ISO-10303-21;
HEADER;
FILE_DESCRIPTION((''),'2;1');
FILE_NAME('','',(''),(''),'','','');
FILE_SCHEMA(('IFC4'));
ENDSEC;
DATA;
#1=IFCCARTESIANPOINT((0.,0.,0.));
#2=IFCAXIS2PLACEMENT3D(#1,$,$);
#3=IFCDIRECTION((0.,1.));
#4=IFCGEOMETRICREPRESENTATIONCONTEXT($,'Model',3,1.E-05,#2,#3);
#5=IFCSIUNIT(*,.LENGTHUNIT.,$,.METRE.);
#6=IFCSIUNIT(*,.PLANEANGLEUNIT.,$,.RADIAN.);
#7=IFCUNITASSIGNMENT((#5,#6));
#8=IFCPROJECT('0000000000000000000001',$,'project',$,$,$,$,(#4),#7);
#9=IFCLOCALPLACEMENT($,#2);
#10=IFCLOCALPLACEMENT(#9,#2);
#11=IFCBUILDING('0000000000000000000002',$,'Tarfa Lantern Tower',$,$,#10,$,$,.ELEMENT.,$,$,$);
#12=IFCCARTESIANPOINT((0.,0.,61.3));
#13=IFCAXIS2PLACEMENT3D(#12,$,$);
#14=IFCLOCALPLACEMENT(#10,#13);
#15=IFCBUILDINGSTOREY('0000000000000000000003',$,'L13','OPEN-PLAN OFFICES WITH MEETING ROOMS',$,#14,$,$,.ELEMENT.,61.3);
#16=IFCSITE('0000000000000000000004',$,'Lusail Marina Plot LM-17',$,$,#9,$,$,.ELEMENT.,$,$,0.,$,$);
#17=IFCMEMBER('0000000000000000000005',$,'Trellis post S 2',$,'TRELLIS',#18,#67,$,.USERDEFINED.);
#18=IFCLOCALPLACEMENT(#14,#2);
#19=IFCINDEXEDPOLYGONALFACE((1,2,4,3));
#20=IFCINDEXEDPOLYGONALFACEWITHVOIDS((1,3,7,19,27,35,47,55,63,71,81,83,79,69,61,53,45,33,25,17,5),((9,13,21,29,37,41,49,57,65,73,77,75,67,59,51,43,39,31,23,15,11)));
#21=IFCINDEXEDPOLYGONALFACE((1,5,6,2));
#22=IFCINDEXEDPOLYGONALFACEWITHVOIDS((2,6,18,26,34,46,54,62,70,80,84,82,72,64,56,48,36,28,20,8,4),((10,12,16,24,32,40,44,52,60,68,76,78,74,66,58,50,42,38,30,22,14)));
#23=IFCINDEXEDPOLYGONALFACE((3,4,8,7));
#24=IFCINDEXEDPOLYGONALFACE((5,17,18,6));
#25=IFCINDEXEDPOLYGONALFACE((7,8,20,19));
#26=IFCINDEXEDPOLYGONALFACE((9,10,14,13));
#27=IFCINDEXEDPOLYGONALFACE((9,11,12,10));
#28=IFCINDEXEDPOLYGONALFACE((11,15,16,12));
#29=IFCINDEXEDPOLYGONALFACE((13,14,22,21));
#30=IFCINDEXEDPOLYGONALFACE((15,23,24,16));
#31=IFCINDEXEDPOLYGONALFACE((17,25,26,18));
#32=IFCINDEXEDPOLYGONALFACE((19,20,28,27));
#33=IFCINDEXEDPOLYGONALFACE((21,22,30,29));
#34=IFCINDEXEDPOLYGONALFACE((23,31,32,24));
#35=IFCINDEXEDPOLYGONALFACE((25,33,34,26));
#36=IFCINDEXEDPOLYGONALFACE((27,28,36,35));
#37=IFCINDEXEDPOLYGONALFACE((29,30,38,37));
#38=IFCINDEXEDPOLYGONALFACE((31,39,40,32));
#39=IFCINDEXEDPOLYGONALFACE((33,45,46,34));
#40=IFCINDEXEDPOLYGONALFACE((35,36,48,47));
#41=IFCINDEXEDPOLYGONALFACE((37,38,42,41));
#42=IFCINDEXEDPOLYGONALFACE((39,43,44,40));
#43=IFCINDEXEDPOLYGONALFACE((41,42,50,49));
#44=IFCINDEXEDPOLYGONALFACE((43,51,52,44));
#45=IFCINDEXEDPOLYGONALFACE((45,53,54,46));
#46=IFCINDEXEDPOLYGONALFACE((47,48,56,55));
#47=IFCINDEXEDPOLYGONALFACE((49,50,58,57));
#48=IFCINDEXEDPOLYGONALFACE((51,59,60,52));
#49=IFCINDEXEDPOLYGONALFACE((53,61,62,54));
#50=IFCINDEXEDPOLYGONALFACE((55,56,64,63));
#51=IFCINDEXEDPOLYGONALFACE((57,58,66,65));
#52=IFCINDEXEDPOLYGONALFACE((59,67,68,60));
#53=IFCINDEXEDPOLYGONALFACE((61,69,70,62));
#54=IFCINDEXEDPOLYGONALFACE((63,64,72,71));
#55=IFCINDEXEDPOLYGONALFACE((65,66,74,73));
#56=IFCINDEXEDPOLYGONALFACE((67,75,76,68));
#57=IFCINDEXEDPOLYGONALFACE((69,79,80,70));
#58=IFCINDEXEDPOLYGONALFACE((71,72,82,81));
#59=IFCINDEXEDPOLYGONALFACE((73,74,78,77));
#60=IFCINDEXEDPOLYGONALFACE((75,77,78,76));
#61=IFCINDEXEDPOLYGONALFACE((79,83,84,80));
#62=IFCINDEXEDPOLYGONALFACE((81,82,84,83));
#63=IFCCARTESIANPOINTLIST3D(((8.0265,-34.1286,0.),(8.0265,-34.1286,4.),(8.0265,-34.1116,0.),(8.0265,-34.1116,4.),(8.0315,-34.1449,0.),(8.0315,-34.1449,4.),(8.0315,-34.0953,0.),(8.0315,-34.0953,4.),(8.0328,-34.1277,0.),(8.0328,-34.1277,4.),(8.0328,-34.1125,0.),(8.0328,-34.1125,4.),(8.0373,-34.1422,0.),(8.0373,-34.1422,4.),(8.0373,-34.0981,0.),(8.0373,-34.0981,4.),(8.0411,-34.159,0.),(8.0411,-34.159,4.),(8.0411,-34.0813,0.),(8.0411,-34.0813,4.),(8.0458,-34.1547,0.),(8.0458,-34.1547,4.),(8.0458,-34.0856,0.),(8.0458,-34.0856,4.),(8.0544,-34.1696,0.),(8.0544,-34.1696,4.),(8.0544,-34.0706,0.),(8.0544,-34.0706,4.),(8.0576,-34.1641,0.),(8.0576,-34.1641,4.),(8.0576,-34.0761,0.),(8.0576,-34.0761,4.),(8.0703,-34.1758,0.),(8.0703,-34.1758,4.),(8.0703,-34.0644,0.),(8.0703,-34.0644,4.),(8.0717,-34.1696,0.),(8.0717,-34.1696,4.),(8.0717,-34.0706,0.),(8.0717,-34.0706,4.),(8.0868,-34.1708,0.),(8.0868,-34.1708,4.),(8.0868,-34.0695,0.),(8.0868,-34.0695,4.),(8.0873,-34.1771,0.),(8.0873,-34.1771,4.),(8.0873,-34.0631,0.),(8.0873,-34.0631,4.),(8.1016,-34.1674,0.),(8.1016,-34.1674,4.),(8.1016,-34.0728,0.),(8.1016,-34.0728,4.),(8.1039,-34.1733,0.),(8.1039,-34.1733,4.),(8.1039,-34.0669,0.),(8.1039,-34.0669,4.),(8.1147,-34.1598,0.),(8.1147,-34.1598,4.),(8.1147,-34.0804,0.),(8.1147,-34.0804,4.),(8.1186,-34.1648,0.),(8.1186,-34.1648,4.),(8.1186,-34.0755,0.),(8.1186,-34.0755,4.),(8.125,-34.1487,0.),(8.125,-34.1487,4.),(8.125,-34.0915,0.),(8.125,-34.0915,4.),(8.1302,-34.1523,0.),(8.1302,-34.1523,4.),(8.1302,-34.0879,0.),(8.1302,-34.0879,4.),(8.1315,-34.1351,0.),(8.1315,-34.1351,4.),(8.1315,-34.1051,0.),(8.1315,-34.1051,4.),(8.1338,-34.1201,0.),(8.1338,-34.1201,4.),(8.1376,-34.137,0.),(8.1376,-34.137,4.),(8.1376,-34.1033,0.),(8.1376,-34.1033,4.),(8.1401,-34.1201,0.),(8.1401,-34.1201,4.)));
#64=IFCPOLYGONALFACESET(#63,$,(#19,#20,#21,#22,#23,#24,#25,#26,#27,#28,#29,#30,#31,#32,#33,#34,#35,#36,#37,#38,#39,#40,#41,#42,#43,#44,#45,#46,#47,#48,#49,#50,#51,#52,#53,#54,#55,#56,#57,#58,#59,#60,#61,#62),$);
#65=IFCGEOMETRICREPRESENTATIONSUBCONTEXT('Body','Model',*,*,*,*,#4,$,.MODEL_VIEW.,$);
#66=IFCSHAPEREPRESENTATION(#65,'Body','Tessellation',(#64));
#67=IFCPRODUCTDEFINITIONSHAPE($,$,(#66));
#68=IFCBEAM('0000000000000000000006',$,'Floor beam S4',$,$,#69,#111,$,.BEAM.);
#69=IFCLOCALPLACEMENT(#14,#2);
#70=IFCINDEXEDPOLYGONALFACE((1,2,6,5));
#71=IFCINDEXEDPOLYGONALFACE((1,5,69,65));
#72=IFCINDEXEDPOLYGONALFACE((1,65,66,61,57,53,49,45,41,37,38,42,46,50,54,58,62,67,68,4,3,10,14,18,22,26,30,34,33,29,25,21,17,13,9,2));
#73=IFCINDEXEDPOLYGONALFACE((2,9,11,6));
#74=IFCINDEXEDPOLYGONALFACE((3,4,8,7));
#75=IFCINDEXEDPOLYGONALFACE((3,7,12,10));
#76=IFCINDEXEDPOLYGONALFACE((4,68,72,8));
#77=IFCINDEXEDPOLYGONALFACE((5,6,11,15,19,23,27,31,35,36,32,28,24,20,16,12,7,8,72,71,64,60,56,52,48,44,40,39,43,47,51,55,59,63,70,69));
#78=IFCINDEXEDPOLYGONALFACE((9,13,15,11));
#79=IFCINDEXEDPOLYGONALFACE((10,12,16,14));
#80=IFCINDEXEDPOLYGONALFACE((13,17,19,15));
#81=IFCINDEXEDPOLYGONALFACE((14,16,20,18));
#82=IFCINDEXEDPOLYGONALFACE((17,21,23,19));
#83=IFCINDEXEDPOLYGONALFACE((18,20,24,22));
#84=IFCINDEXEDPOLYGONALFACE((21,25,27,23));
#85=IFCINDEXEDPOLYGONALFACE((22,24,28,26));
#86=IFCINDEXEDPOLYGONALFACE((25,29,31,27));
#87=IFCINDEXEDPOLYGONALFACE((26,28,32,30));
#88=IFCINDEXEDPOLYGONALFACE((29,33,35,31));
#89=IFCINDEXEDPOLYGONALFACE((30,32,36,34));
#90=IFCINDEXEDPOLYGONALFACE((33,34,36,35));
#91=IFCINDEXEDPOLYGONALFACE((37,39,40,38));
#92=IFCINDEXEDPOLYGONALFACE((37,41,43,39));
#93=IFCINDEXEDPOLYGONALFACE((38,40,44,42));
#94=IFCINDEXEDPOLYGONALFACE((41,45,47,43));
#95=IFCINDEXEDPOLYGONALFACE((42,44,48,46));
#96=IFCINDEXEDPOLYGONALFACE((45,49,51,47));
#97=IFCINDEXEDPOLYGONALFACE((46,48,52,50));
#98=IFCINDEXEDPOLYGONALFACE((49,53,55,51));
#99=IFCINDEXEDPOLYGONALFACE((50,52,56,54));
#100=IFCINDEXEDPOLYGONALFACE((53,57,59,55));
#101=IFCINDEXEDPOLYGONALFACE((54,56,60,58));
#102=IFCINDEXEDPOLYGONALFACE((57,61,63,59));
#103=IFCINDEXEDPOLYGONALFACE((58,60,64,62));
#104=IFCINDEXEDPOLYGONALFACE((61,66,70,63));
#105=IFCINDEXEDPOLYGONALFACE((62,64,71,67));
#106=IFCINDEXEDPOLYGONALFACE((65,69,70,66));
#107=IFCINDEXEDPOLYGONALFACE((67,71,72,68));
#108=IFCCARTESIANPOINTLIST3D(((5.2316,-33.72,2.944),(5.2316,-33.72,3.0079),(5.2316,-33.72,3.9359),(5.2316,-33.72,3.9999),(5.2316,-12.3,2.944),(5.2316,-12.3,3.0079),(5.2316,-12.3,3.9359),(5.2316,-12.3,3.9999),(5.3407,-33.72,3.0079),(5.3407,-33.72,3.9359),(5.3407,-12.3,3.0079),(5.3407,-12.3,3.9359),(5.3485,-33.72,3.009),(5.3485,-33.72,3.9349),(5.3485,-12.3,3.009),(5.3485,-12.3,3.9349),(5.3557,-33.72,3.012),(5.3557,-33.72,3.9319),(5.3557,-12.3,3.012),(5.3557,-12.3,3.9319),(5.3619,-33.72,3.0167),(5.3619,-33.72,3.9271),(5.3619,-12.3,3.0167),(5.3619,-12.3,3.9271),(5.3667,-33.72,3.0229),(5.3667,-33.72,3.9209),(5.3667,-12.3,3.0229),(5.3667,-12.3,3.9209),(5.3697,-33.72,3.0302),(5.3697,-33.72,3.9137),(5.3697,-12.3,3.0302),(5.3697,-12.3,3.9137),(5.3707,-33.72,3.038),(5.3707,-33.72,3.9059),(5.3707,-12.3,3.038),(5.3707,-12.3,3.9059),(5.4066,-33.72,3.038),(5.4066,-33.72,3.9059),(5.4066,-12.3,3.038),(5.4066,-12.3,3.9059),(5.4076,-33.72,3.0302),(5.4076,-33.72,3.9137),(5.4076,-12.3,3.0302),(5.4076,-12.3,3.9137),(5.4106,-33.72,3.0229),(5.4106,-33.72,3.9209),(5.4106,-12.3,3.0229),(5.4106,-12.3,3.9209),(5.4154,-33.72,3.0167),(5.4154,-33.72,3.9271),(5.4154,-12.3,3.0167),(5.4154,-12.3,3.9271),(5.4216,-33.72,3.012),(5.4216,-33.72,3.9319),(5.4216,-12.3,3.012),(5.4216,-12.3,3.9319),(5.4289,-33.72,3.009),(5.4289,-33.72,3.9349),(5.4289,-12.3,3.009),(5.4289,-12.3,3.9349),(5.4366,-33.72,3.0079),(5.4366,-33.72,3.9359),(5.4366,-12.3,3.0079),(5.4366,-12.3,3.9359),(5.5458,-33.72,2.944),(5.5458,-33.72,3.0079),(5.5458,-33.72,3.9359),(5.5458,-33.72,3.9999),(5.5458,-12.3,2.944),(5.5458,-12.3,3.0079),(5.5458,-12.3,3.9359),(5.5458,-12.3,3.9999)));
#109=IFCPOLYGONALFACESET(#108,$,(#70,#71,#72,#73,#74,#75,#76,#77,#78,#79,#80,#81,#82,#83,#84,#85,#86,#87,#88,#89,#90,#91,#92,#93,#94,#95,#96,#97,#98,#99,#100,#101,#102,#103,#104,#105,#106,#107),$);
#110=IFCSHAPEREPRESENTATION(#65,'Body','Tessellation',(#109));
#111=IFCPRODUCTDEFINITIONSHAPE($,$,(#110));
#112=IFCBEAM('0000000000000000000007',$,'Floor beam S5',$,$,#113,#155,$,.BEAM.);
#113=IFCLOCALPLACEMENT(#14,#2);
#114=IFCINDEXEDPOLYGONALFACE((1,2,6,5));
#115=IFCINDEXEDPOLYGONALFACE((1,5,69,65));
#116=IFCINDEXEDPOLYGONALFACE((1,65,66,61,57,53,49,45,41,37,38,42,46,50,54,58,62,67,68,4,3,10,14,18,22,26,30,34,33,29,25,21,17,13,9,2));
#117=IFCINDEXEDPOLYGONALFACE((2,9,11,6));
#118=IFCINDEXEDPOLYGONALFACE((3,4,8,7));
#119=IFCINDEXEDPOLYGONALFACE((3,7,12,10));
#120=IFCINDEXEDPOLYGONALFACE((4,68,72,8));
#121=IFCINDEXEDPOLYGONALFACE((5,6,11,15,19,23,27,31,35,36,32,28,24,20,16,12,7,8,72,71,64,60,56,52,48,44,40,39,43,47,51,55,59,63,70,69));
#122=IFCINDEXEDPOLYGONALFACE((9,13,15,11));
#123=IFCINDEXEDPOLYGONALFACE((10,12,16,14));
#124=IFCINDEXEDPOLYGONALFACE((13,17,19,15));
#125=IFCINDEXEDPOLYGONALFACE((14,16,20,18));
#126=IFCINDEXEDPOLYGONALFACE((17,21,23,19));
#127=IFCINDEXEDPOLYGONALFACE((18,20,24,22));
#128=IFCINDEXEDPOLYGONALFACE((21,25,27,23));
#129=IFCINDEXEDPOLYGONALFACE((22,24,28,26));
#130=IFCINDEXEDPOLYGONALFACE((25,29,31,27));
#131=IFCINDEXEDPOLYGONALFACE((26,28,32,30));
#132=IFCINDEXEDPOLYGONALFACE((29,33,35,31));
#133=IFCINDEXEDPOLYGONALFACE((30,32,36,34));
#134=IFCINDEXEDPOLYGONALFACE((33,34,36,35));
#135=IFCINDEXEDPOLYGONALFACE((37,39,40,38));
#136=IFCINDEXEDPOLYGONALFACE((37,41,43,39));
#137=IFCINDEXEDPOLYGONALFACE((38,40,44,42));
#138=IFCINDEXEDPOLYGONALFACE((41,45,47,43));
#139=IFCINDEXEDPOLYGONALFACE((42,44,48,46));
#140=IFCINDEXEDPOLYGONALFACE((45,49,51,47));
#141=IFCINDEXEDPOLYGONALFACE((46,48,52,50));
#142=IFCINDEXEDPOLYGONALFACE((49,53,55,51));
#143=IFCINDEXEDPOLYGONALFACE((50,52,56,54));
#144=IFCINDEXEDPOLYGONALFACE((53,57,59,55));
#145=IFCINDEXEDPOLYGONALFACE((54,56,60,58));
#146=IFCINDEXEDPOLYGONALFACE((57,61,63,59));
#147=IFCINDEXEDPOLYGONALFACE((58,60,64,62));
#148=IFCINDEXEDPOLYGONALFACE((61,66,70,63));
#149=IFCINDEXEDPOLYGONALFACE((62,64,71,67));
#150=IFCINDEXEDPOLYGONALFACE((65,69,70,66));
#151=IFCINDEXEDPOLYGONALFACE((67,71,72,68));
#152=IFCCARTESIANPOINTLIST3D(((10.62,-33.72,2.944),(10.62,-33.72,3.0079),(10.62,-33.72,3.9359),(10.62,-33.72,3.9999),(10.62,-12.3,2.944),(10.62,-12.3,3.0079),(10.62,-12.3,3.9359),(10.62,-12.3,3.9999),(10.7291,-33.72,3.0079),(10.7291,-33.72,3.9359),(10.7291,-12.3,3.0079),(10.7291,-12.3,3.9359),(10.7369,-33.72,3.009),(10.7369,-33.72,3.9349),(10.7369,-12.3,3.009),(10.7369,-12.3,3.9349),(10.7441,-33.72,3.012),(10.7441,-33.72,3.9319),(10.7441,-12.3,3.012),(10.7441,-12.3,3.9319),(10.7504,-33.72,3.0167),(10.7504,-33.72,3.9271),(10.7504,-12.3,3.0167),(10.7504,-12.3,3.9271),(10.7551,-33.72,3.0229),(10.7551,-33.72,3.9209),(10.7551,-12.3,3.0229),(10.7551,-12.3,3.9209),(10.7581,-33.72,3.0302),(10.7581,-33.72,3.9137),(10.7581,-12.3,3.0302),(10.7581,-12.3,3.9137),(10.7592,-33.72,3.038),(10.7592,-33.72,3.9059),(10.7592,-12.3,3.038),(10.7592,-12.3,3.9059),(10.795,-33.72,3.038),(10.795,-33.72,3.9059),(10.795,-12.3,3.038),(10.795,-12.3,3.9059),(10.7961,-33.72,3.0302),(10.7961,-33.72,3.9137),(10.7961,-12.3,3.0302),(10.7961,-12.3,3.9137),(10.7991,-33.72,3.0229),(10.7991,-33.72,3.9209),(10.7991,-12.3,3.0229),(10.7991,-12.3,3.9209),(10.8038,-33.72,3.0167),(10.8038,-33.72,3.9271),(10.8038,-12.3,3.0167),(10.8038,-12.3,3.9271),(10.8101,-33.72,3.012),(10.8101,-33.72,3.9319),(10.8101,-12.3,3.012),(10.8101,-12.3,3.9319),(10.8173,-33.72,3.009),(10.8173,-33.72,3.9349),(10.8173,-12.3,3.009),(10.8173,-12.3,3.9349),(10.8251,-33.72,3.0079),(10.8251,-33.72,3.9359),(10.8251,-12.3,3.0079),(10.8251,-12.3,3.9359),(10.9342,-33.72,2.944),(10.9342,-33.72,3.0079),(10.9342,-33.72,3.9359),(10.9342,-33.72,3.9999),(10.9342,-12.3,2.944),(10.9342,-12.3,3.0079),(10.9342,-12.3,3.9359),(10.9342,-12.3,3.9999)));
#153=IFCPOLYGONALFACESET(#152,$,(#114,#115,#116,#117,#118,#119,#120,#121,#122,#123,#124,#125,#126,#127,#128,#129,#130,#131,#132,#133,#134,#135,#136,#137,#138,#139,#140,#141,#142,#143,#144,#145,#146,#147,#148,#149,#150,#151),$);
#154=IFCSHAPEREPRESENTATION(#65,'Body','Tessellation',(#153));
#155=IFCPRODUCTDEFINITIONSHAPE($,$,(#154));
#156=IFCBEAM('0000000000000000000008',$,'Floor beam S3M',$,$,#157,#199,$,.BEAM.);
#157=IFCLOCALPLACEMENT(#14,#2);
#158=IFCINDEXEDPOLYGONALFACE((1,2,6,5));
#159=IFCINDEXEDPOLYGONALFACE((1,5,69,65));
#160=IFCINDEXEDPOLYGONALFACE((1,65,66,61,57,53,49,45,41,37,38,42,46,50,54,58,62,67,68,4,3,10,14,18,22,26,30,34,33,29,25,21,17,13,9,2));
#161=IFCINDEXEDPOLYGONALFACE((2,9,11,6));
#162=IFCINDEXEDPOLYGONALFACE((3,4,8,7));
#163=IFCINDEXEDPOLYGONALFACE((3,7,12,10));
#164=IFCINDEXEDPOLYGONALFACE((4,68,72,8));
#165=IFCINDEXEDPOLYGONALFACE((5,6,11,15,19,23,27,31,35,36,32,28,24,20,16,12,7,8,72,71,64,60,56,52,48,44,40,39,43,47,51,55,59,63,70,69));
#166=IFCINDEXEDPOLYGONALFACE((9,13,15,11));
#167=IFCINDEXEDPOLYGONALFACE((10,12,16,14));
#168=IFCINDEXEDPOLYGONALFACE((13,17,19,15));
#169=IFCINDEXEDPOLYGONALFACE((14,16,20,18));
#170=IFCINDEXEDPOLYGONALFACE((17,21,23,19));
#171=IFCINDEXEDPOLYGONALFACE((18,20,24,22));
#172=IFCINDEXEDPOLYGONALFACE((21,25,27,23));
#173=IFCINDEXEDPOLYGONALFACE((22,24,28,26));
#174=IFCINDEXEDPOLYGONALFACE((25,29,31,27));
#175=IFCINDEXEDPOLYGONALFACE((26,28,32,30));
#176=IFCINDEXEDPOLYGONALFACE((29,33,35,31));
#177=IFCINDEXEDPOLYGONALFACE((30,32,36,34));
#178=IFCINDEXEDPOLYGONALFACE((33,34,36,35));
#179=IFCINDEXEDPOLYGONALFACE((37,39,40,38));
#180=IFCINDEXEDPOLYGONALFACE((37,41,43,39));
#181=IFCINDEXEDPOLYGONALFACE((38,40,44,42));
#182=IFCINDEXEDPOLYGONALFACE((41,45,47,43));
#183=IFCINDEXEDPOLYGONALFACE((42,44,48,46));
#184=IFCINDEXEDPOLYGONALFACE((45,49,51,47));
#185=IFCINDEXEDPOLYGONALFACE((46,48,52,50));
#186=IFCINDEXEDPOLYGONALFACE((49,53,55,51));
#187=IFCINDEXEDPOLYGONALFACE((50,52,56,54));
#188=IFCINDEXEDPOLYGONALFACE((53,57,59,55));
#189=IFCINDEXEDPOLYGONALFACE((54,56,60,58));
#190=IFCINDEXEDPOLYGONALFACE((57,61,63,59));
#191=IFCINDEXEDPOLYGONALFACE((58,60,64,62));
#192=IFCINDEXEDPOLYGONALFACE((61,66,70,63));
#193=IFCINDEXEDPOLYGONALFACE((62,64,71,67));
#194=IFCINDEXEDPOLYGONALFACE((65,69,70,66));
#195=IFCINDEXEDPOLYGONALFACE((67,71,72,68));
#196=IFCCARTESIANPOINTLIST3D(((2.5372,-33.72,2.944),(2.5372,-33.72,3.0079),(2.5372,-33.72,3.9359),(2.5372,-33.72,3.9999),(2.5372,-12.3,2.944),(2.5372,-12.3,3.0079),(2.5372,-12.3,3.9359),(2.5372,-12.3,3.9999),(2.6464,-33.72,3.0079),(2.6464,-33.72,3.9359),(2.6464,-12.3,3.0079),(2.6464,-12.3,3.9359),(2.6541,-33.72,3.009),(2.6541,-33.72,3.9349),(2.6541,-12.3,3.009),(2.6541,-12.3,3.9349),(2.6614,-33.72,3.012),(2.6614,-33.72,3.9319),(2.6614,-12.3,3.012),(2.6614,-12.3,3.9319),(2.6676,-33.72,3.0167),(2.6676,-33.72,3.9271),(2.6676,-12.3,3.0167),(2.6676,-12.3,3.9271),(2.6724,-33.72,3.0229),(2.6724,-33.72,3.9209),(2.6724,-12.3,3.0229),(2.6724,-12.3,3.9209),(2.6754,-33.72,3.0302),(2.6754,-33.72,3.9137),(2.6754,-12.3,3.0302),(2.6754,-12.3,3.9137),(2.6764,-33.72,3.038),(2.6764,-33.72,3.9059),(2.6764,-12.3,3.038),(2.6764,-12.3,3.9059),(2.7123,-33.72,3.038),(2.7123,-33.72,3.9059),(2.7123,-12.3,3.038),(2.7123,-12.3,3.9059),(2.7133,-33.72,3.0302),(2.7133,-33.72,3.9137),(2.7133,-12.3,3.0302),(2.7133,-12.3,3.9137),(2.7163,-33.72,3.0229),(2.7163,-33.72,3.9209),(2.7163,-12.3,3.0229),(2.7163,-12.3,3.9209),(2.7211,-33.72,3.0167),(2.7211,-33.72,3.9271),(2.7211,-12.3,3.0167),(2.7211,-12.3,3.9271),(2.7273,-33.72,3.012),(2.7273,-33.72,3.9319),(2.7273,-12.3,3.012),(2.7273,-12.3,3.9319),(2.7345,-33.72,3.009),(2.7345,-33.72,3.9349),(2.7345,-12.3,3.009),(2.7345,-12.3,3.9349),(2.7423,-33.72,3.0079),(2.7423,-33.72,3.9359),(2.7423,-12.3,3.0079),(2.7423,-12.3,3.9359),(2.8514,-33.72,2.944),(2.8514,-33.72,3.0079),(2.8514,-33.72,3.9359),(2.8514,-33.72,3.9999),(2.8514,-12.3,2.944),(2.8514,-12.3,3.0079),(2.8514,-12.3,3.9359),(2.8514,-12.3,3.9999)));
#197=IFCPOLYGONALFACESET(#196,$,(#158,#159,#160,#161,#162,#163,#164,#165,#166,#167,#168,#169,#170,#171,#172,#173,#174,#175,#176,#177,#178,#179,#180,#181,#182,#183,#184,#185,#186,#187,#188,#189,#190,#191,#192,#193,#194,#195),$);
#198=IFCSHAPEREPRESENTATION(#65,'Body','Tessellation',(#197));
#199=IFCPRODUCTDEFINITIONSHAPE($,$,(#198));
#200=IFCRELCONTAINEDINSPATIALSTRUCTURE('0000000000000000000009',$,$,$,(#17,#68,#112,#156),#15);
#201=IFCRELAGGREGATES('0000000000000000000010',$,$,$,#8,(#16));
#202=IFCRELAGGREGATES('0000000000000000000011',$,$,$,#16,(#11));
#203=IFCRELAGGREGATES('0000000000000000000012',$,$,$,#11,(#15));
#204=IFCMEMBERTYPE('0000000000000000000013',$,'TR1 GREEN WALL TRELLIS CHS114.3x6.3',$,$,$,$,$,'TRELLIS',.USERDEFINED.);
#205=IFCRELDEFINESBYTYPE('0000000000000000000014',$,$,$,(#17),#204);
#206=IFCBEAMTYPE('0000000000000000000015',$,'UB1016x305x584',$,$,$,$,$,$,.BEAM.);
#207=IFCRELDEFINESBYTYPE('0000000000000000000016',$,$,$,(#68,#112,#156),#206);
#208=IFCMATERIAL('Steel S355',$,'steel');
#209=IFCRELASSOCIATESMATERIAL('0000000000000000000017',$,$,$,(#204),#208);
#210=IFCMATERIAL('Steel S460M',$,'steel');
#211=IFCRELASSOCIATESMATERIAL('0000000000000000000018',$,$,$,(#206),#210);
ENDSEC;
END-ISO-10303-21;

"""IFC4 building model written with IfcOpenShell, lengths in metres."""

from ifc_helpers import new_model, si_unit, direction, frame, origin, origin_2d, place, context, subcontext, project, spatial, hollow_circle, i_section, extrude, material, material_profile, profile_set, type_object, element, save


model = new_model("IFC4")

# Units and contexts
model_context = context("Model", 3, precision=1e-05, world=origin(), true_north=direction((0.0, 1.0)))
body_context = subcontext(model_context, "Body", "Model", "MODEL_VIEW")
ifc_project = project(units=[si_unit("LENGTHUNIT", "METRE"), si_unit("PLANEANGLEUNIT", "RADIAN")], contexts=[model_context])

# Site, building, storey
site_placement = place(None, origin())
site = spatial("IfcSite", under=ifc_project, at=site_placement, Name="Lusail Marina Plot LM-17", CompositionType="ELEMENT", RefElevation=0.0)
building_placement = place(site_placement, origin())
building = spatial("IfcBuilding", under=site, at=building_placement, Name="Tarfa Lantern Tower", CompositionType="ELEMENT")
storey_placement = place(building_placement, frame((0.0, 0.0, 61.3)))
storey = spatial("IfcBuildingStorey", under=building, at=storey_placement, Name="L13", Description="OPEN-PLAN OFFICES WITH MEETING ROOMS", CompositionType="ELEMENT", Elevation=61.3)

# Member
ifc_material_1 = material(Name="Steel S355", Category="steel")
ifc_material_profile_1 = material_profile(ifc_material_1, hollow_circle(Radius=0.0571, WallThickness=0.0063, at=origin_2d()), Name="CHS114.3x6.3")
ifc_profile_set_1 = profile_set([ifc_material_profile_1], Name="Steel S355")
member_type_1 = type_object("IfcMemberType", Name="TR1 GREEN WALL TRELLIS CHS114.3x6.3", ElementType="TRELLIS", PredefinedType="USERDEFINED", material=ifc_profile_set_1)
member_1_placement = place(storey_placement, frame((8.083, -34.1201, 0.0), z_axis=(0.0, 0.0, 1.0), x_axis=(1.0, 0.0, 0.0)))
element("IfcMember", 1, at=member_1_placement, inside=storey, type_object=member_type_1, Name="Trellis post S 2", ObjectType="TRELLIS", PredefinedType="USERDEFINED", context=body_context, shape_type="SweptSolid", body=[
    extrude(hollow_circle(Radius=0.0571, WallThickness=0.0063, at=origin_2d()), origin(), (0.0, 0.0, 1.0), 4.0),
])

# Beams
ifc_material_2 = material(Name="Steel S460M", Category="steel")
ifc_material_profile_2 = material_profile(ifc_material_2, i_section(OverallWidth=0.3142, OverallDepth=1.0559, WebThickness=0.0359, FlangeThickness=0.064, FilletRadius=0.03, at=origin_2d()), Name="UB1016x305x584")
ifc_profile_set_2 = profile_set([ifc_material_profile_2], Name="Steel S460M")
beam_type_1 = type_object("IfcBeamType", Name="UB1016x305x584", PredefinedType="BEAM", material=ifc_profile_set_2)
for number, where, z_axis, x_axis, name in (
    (2, (5.3887, -33.72, 3.4719), (0.0, 1.0, 0.0), (-1.0, 0.0, 0.0), "Floor beam S4"),
    (3, (10.7771, -33.72, 3.4719), (0.0, 1.0, 0.0), (-1.0, 0.0, 0.0), "Floor beam S5"),
    (4, (2.6943, -33.72, 3.4719), (0.0, 1.0, 0.0), (-1.0, 0.0, 0.0), "Floor beam S3M"),
):
    element("IfcBeam", number, at=place(storey_placement, frame(where, z_axis=z_axis, x_axis=x_axis)), inside=storey, type_object=beam_type_1, Name=name, PredefinedType="BEAM", context=body_context, shape_type="SweptSolid", body=[
        extrude(i_section(OverallWidth=0.3142, OverallDepth=1.0559, WebThickness=0.0359, FlangeThickness=0.064, FilletRadius=0.03, at=origin_2d()), origin(), (0.0, 0.0, 1.0), 21.4199),
    ])

save(model, "model.ifc")
